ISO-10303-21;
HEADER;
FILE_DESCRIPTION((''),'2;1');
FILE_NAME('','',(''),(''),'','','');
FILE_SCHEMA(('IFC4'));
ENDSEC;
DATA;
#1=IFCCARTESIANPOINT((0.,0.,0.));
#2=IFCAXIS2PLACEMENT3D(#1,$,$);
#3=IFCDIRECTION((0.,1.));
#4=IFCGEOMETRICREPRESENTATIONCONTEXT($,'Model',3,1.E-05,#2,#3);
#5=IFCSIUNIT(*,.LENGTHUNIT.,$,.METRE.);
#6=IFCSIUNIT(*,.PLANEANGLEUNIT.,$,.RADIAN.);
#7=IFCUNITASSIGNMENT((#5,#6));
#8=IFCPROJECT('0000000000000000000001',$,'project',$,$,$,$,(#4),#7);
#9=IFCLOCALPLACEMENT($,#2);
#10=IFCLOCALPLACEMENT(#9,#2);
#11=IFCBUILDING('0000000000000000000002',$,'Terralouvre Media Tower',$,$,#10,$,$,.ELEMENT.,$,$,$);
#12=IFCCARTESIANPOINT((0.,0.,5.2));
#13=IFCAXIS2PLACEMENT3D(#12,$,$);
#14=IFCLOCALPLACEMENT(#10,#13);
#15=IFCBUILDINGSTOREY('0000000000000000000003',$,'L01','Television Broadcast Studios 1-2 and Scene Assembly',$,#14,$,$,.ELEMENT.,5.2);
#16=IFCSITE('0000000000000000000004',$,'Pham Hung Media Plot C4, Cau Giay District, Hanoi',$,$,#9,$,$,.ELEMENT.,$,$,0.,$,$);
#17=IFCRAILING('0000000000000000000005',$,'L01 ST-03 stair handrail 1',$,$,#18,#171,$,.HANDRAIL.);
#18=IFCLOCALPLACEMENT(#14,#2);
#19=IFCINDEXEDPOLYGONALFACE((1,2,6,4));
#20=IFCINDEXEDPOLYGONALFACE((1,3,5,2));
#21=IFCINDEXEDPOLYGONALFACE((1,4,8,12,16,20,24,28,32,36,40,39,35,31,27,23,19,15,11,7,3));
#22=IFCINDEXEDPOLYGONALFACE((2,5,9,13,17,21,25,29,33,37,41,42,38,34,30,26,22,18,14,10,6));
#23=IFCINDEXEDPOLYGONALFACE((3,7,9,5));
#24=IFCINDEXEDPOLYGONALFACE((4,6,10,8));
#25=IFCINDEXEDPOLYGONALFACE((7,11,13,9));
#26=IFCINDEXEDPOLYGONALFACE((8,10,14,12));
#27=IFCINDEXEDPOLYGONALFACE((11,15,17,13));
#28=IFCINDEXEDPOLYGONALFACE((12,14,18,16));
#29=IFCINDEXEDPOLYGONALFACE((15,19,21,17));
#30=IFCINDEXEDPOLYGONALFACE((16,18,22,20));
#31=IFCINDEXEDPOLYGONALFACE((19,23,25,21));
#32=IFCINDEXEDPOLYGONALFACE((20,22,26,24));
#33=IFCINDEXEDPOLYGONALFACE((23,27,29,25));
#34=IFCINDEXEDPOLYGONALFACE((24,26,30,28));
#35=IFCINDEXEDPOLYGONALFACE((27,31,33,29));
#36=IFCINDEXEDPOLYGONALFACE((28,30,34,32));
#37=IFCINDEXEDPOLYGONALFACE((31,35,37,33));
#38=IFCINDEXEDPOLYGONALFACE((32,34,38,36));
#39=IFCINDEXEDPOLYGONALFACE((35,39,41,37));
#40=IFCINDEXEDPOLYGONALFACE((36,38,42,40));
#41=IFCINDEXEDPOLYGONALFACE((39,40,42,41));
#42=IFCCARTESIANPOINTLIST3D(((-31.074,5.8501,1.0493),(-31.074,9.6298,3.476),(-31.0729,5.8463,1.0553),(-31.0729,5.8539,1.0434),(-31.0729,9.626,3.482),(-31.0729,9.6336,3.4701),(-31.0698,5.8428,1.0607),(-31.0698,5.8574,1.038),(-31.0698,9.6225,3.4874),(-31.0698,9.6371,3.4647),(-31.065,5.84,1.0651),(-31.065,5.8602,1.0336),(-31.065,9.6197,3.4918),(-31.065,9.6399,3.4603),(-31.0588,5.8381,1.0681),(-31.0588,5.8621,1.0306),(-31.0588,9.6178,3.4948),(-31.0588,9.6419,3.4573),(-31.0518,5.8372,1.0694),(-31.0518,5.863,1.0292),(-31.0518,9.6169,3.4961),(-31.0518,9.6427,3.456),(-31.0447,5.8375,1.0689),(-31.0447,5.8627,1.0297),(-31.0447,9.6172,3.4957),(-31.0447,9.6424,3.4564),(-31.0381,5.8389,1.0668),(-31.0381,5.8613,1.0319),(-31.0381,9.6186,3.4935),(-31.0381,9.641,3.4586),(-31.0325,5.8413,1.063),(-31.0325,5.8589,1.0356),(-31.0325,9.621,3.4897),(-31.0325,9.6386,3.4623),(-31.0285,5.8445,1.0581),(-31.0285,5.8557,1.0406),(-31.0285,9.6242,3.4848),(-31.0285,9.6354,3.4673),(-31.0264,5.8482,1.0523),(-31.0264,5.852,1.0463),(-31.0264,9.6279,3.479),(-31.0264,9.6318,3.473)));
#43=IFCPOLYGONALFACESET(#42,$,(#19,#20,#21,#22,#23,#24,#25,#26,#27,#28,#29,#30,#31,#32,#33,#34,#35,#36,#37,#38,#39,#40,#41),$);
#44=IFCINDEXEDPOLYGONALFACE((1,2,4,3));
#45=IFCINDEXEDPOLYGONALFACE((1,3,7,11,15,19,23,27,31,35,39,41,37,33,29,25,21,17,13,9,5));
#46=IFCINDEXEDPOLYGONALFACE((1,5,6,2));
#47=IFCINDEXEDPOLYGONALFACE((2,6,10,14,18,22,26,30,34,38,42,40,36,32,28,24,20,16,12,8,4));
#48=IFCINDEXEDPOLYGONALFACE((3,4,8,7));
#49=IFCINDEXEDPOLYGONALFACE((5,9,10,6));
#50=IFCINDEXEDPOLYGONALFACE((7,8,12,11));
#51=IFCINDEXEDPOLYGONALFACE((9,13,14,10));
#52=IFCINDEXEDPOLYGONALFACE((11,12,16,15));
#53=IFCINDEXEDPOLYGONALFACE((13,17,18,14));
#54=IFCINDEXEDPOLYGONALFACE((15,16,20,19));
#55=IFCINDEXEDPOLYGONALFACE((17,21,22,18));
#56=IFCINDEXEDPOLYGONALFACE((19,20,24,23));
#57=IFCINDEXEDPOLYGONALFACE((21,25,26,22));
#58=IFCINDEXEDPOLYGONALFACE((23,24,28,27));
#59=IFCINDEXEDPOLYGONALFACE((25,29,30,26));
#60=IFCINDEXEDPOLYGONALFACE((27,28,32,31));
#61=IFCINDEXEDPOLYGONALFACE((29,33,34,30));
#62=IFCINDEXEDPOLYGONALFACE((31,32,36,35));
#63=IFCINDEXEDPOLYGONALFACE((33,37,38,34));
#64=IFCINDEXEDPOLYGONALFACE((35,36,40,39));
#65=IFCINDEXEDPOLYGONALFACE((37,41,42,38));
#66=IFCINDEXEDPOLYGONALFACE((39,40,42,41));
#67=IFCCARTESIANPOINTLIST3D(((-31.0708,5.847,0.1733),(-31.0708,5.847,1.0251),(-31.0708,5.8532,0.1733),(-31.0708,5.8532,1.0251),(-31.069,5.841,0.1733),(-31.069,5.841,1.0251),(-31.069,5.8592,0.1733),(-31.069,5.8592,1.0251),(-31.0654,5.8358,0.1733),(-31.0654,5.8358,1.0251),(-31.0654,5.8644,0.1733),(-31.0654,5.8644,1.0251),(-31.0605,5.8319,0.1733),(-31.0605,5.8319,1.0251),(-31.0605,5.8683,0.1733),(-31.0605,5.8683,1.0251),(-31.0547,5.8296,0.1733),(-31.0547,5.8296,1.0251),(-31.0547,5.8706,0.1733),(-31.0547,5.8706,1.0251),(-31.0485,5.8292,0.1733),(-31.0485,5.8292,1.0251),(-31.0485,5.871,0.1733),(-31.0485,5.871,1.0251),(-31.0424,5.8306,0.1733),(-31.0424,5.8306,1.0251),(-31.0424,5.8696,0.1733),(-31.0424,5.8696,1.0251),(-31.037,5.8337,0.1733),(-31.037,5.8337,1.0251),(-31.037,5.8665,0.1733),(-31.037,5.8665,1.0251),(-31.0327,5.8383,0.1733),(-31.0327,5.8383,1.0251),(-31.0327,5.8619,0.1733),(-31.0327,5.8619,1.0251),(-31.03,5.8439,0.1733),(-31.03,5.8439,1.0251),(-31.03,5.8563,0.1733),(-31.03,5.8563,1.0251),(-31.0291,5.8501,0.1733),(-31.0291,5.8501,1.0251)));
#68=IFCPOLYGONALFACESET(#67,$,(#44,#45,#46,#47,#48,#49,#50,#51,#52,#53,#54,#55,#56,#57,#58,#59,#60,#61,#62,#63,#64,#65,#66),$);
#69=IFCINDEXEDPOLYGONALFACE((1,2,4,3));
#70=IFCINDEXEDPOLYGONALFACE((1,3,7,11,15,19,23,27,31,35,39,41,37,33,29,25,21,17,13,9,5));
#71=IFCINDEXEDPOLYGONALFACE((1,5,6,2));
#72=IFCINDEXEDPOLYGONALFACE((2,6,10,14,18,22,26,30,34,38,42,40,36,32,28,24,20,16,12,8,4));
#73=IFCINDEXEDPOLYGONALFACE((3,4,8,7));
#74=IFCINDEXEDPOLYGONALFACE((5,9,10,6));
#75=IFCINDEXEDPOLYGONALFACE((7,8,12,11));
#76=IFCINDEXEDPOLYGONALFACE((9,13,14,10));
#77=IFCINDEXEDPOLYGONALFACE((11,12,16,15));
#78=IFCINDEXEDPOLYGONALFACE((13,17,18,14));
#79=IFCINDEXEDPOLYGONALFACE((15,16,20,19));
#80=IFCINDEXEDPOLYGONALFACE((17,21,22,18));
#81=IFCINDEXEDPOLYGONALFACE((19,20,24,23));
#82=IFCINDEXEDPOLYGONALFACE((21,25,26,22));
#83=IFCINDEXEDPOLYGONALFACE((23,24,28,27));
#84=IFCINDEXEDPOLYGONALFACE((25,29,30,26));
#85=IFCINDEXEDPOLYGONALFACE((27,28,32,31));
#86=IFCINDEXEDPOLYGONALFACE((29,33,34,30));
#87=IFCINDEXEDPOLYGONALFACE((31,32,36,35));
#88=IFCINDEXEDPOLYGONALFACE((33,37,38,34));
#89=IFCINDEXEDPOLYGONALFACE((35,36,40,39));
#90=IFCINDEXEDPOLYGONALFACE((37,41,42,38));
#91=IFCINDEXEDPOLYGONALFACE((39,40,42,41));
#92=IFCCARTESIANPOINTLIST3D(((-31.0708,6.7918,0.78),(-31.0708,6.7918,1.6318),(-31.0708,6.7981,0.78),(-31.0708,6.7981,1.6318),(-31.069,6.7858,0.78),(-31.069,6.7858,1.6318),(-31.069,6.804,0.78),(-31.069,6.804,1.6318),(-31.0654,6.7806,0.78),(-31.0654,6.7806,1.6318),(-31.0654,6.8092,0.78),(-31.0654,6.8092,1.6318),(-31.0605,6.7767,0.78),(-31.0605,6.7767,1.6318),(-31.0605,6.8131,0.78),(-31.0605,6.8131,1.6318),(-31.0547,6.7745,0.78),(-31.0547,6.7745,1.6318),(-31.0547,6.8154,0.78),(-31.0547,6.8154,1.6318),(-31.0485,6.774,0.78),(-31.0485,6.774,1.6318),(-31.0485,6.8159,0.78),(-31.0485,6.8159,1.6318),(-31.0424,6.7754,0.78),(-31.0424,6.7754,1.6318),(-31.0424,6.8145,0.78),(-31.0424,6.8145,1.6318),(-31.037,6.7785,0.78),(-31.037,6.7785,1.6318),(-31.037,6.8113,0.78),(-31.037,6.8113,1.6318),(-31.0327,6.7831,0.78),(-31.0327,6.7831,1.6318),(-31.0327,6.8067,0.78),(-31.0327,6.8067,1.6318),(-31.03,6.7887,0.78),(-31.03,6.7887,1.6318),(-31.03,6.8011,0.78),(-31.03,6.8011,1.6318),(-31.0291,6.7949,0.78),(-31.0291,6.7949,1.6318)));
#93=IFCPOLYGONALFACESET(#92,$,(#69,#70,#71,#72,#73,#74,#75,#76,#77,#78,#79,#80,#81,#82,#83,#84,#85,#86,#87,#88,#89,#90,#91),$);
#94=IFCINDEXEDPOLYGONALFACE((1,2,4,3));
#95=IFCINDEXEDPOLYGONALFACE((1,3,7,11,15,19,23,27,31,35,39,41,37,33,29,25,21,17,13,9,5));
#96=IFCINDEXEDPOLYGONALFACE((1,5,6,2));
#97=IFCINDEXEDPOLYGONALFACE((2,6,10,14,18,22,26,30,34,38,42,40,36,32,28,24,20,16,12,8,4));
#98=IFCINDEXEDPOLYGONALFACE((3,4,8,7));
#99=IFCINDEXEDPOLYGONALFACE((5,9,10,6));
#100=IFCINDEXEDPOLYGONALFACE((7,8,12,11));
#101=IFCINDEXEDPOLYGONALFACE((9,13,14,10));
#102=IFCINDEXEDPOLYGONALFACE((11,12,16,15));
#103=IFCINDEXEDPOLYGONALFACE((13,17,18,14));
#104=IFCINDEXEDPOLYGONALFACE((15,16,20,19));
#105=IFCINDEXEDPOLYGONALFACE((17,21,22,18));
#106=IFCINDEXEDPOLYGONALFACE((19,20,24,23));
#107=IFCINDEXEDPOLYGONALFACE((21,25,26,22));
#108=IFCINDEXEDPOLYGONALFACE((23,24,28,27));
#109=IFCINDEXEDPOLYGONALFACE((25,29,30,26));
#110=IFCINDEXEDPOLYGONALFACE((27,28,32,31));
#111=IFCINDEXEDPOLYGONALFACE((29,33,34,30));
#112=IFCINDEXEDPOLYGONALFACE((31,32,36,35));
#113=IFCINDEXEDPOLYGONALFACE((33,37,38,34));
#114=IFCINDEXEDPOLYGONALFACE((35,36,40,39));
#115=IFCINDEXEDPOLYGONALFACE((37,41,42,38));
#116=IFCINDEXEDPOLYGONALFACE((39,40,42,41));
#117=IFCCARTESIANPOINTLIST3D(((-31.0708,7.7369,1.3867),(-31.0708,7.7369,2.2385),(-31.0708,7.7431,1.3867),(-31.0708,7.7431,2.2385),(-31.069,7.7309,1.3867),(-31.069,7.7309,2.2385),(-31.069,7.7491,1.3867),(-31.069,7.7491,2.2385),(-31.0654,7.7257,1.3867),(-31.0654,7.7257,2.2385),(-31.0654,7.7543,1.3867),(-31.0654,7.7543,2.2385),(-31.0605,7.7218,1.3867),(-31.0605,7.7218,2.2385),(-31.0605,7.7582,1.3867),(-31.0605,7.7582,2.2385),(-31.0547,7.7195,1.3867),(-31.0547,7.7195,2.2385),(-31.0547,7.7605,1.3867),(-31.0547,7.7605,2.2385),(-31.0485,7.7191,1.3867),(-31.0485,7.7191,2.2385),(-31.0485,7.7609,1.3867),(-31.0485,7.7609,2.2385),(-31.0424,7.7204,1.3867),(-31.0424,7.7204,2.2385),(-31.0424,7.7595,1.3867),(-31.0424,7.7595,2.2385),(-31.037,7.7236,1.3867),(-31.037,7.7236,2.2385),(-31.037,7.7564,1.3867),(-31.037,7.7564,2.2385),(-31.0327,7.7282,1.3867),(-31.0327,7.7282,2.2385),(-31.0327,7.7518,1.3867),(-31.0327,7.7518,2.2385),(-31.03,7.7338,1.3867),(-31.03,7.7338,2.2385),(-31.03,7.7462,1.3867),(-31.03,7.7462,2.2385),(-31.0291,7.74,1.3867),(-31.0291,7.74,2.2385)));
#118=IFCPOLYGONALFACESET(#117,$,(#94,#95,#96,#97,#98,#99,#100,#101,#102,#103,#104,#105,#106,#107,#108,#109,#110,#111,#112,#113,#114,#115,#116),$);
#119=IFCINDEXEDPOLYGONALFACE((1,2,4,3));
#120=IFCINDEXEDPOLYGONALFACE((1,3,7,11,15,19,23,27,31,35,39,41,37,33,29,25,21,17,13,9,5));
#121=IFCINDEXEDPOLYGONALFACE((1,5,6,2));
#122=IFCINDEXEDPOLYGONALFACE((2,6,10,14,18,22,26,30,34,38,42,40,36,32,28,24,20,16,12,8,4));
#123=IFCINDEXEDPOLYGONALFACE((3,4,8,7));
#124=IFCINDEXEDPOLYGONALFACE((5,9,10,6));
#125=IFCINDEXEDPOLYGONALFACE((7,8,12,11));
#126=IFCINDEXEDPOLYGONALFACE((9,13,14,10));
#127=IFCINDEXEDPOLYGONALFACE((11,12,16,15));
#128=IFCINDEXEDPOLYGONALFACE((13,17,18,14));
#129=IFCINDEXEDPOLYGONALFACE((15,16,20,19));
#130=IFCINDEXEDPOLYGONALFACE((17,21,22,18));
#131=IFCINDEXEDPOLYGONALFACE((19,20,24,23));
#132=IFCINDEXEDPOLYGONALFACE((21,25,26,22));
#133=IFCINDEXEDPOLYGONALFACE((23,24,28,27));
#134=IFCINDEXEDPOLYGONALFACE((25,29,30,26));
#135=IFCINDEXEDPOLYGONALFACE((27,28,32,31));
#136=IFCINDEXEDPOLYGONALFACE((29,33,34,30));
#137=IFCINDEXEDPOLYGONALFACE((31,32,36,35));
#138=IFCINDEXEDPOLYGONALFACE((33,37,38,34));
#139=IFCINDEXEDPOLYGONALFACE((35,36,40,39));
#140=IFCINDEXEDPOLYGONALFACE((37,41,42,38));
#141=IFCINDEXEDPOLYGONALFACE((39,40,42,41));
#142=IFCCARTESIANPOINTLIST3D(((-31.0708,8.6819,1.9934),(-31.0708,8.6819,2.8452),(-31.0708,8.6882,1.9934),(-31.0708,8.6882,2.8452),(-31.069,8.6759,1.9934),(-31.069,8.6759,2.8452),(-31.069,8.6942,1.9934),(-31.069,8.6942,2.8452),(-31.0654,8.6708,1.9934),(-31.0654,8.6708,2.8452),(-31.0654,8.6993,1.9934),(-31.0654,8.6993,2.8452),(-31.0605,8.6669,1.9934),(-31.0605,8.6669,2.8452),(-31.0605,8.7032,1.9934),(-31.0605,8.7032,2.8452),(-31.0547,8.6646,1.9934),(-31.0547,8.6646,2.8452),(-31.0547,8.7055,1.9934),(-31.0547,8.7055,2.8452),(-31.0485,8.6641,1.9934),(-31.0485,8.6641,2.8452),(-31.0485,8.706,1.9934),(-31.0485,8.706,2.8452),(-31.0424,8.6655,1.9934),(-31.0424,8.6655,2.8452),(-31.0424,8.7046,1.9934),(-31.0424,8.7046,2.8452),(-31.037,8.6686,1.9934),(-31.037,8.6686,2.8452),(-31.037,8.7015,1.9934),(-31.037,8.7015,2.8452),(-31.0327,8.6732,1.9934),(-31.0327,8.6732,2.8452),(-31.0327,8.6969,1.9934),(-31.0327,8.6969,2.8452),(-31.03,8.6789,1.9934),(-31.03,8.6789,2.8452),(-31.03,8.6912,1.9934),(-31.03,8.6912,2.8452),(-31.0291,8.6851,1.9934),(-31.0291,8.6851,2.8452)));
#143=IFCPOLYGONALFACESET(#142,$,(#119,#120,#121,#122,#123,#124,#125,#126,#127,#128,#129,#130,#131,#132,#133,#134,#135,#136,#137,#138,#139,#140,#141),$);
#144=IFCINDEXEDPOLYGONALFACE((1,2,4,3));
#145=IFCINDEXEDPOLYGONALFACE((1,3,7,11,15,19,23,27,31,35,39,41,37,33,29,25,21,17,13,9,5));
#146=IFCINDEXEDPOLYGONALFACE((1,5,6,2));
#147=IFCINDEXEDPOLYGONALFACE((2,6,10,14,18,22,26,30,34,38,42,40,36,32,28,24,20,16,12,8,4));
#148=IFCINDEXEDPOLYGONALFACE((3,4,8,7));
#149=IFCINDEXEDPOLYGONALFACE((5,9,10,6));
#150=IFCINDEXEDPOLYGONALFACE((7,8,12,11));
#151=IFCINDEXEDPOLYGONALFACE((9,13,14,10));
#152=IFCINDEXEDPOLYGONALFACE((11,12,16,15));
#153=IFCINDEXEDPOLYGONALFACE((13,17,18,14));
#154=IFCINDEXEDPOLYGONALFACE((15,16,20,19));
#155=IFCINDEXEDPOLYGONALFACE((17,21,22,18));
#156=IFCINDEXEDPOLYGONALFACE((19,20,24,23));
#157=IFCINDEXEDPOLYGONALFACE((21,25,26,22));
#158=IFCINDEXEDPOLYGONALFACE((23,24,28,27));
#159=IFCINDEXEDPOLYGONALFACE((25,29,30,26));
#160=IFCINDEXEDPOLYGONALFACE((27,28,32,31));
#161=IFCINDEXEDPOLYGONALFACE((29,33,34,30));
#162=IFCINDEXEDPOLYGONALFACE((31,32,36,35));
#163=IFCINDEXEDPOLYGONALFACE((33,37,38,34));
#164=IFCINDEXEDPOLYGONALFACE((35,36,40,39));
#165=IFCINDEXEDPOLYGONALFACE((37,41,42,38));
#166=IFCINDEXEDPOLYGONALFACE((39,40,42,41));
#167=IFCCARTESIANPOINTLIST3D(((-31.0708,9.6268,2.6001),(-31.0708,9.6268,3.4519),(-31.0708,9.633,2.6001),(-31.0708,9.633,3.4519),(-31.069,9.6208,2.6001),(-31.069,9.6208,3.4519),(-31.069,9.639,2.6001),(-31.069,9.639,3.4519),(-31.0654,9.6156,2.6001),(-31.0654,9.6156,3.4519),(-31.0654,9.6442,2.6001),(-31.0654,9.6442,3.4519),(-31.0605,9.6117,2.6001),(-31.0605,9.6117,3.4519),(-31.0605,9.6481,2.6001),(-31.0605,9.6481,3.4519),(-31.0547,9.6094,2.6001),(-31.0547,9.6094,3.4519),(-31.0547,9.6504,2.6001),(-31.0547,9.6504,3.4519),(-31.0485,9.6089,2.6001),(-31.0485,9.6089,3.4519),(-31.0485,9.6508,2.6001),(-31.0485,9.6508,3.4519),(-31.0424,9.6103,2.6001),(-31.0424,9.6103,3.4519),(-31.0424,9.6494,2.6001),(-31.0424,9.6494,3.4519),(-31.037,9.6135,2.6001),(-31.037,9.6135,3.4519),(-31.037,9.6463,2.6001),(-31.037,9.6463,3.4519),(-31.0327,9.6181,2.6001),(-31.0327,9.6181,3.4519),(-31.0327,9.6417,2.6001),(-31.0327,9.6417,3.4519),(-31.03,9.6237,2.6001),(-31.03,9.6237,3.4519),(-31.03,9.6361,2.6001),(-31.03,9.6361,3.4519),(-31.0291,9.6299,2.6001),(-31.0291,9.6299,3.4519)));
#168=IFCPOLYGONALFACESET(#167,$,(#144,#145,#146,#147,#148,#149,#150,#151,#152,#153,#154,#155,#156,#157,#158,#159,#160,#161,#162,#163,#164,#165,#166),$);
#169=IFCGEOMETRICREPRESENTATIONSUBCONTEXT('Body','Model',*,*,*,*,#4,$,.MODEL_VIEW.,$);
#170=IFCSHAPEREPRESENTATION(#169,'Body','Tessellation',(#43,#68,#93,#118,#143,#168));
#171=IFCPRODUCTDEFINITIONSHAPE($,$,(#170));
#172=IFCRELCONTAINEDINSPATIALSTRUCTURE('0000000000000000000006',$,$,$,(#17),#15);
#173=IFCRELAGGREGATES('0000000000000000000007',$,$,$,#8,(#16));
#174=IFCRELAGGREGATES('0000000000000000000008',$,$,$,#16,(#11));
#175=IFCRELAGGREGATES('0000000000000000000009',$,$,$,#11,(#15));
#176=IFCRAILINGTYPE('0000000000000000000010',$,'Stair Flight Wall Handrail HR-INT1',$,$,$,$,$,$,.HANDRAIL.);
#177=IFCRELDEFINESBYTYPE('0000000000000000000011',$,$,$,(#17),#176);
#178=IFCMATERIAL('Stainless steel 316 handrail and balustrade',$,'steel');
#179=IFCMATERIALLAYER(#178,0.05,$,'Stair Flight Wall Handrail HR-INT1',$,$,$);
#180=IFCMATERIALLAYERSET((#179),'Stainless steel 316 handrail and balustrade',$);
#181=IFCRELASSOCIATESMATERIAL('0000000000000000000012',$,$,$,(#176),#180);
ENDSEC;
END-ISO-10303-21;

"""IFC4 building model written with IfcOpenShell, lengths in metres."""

from ifc_helpers import new_model, si_unit, direction, frame, origin, origin_2d, place, context, subcontext, project, spatial, circle, extrude, material, layer, layer_set, type_object, element, save


model = new_model("IFC4")

# Units and contexts
model_context = context("Model", 3, precision=1e-05, world=origin(), true_north=direction((0.0, 1.0)))
body_context = subcontext(model_context, "Body", "Model", "MODEL_VIEW")
ifc_project = project(units=[si_unit("LENGTHUNIT", "METRE"), si_unit("PLANEANGLEUNIT", "RADIAN")], contexts=[model_context])

# Site, building, storey
site_placement = place(None, origin())
site = spatial("IfcSite", under=ifc_project, at=site_placement, Name="Pham Hung Media Plot C4, Cau Giay District, Hanoi", CompositionType="ELEMENT", RefElevation=0.0)
building_placement = place(site_placement, origin())
building = spatial("IfcBuilding", under=site, at=building_placement, Name="Terralouvre Media Tower", CompositionType="ELEMENT")
storey_placement = place(building_placement, frame((0.0, 0.0, 5.2)))
storey = spatial("IfcBuildingStorey", under=building, at=storey_placement, Name="L01", Description="Television Broadcast Studios 1-2 and Scene Assembly", CompositionType="ELEMENT", Elevation=5.2)

# Railing
ifc_material_1 = material(Name="Stainless steel 316 handrail and balustrade", Category="steel")
ifc_layer_1 = layer(ifc_material_1, 0.05, Name="Stair Flight Wall Handrail HR-INT1")
ifc_layer_set_1 = layer_set([ifc_layer_1], Name="Stainless steel 316 handrail and balustrade")
railing_type_1 = type_object("IfcRailingType", Name="Stair Flight Wall Handrail HR-INT1", PredefinedType="HANDRAIL", material=ifc_layer_set_1)
railing_1_placement = place(storey_placement, frame((-31.05, 5.8501, 0.1733)))
element("IfcRailing", 1, at=railing_1_placement, inside=storey, type_object=railing_type_1, Name="L01 ST-03 stair handrail 1", PredefinedType="HANDRAIL", context=body_context, shape_type="SweptSolid", body=[
    extrude(circle(Radius=0.0239, at=origin_2d()), frame((0.0, 0.0, 0.876), z_axis=(0.0, 0.841493, 0.540269), x_axis=(-1.0, 0.0, 0.0)), (0.0, 0.0, 1.0), 4.4917),
    extrude(circle(Radius=0.021, at=origin_2d()), origin(), (0.0, 0.0, 1.0), 0.8518),
    extrude(circle(Radius=0.021, at=origin_2d()), frame((0.0, 0.9448, 0.6067)), (0.0, 0.0, 1.0), 0.8518),
    extrude(circle(Radius=0.021, at=origin_2d()), frame((0.0, 1.8899, 1.2134)), (0.0, 0.0, 1.0), 0.8518),
    extrude(circle(Radius=0.021, at=origin_2d()), frame((0.0, 2.835, 1.8201)), (0.0, 0.0, 1.0), 0.8518),
    extrude(circle(Radius=0.021, at=origin_2d()), frame((0.0, 3.7798, 2.4268)), (0.0, 0.0, 1.0), 0.8518),
])

save(model, "model.ifc")
